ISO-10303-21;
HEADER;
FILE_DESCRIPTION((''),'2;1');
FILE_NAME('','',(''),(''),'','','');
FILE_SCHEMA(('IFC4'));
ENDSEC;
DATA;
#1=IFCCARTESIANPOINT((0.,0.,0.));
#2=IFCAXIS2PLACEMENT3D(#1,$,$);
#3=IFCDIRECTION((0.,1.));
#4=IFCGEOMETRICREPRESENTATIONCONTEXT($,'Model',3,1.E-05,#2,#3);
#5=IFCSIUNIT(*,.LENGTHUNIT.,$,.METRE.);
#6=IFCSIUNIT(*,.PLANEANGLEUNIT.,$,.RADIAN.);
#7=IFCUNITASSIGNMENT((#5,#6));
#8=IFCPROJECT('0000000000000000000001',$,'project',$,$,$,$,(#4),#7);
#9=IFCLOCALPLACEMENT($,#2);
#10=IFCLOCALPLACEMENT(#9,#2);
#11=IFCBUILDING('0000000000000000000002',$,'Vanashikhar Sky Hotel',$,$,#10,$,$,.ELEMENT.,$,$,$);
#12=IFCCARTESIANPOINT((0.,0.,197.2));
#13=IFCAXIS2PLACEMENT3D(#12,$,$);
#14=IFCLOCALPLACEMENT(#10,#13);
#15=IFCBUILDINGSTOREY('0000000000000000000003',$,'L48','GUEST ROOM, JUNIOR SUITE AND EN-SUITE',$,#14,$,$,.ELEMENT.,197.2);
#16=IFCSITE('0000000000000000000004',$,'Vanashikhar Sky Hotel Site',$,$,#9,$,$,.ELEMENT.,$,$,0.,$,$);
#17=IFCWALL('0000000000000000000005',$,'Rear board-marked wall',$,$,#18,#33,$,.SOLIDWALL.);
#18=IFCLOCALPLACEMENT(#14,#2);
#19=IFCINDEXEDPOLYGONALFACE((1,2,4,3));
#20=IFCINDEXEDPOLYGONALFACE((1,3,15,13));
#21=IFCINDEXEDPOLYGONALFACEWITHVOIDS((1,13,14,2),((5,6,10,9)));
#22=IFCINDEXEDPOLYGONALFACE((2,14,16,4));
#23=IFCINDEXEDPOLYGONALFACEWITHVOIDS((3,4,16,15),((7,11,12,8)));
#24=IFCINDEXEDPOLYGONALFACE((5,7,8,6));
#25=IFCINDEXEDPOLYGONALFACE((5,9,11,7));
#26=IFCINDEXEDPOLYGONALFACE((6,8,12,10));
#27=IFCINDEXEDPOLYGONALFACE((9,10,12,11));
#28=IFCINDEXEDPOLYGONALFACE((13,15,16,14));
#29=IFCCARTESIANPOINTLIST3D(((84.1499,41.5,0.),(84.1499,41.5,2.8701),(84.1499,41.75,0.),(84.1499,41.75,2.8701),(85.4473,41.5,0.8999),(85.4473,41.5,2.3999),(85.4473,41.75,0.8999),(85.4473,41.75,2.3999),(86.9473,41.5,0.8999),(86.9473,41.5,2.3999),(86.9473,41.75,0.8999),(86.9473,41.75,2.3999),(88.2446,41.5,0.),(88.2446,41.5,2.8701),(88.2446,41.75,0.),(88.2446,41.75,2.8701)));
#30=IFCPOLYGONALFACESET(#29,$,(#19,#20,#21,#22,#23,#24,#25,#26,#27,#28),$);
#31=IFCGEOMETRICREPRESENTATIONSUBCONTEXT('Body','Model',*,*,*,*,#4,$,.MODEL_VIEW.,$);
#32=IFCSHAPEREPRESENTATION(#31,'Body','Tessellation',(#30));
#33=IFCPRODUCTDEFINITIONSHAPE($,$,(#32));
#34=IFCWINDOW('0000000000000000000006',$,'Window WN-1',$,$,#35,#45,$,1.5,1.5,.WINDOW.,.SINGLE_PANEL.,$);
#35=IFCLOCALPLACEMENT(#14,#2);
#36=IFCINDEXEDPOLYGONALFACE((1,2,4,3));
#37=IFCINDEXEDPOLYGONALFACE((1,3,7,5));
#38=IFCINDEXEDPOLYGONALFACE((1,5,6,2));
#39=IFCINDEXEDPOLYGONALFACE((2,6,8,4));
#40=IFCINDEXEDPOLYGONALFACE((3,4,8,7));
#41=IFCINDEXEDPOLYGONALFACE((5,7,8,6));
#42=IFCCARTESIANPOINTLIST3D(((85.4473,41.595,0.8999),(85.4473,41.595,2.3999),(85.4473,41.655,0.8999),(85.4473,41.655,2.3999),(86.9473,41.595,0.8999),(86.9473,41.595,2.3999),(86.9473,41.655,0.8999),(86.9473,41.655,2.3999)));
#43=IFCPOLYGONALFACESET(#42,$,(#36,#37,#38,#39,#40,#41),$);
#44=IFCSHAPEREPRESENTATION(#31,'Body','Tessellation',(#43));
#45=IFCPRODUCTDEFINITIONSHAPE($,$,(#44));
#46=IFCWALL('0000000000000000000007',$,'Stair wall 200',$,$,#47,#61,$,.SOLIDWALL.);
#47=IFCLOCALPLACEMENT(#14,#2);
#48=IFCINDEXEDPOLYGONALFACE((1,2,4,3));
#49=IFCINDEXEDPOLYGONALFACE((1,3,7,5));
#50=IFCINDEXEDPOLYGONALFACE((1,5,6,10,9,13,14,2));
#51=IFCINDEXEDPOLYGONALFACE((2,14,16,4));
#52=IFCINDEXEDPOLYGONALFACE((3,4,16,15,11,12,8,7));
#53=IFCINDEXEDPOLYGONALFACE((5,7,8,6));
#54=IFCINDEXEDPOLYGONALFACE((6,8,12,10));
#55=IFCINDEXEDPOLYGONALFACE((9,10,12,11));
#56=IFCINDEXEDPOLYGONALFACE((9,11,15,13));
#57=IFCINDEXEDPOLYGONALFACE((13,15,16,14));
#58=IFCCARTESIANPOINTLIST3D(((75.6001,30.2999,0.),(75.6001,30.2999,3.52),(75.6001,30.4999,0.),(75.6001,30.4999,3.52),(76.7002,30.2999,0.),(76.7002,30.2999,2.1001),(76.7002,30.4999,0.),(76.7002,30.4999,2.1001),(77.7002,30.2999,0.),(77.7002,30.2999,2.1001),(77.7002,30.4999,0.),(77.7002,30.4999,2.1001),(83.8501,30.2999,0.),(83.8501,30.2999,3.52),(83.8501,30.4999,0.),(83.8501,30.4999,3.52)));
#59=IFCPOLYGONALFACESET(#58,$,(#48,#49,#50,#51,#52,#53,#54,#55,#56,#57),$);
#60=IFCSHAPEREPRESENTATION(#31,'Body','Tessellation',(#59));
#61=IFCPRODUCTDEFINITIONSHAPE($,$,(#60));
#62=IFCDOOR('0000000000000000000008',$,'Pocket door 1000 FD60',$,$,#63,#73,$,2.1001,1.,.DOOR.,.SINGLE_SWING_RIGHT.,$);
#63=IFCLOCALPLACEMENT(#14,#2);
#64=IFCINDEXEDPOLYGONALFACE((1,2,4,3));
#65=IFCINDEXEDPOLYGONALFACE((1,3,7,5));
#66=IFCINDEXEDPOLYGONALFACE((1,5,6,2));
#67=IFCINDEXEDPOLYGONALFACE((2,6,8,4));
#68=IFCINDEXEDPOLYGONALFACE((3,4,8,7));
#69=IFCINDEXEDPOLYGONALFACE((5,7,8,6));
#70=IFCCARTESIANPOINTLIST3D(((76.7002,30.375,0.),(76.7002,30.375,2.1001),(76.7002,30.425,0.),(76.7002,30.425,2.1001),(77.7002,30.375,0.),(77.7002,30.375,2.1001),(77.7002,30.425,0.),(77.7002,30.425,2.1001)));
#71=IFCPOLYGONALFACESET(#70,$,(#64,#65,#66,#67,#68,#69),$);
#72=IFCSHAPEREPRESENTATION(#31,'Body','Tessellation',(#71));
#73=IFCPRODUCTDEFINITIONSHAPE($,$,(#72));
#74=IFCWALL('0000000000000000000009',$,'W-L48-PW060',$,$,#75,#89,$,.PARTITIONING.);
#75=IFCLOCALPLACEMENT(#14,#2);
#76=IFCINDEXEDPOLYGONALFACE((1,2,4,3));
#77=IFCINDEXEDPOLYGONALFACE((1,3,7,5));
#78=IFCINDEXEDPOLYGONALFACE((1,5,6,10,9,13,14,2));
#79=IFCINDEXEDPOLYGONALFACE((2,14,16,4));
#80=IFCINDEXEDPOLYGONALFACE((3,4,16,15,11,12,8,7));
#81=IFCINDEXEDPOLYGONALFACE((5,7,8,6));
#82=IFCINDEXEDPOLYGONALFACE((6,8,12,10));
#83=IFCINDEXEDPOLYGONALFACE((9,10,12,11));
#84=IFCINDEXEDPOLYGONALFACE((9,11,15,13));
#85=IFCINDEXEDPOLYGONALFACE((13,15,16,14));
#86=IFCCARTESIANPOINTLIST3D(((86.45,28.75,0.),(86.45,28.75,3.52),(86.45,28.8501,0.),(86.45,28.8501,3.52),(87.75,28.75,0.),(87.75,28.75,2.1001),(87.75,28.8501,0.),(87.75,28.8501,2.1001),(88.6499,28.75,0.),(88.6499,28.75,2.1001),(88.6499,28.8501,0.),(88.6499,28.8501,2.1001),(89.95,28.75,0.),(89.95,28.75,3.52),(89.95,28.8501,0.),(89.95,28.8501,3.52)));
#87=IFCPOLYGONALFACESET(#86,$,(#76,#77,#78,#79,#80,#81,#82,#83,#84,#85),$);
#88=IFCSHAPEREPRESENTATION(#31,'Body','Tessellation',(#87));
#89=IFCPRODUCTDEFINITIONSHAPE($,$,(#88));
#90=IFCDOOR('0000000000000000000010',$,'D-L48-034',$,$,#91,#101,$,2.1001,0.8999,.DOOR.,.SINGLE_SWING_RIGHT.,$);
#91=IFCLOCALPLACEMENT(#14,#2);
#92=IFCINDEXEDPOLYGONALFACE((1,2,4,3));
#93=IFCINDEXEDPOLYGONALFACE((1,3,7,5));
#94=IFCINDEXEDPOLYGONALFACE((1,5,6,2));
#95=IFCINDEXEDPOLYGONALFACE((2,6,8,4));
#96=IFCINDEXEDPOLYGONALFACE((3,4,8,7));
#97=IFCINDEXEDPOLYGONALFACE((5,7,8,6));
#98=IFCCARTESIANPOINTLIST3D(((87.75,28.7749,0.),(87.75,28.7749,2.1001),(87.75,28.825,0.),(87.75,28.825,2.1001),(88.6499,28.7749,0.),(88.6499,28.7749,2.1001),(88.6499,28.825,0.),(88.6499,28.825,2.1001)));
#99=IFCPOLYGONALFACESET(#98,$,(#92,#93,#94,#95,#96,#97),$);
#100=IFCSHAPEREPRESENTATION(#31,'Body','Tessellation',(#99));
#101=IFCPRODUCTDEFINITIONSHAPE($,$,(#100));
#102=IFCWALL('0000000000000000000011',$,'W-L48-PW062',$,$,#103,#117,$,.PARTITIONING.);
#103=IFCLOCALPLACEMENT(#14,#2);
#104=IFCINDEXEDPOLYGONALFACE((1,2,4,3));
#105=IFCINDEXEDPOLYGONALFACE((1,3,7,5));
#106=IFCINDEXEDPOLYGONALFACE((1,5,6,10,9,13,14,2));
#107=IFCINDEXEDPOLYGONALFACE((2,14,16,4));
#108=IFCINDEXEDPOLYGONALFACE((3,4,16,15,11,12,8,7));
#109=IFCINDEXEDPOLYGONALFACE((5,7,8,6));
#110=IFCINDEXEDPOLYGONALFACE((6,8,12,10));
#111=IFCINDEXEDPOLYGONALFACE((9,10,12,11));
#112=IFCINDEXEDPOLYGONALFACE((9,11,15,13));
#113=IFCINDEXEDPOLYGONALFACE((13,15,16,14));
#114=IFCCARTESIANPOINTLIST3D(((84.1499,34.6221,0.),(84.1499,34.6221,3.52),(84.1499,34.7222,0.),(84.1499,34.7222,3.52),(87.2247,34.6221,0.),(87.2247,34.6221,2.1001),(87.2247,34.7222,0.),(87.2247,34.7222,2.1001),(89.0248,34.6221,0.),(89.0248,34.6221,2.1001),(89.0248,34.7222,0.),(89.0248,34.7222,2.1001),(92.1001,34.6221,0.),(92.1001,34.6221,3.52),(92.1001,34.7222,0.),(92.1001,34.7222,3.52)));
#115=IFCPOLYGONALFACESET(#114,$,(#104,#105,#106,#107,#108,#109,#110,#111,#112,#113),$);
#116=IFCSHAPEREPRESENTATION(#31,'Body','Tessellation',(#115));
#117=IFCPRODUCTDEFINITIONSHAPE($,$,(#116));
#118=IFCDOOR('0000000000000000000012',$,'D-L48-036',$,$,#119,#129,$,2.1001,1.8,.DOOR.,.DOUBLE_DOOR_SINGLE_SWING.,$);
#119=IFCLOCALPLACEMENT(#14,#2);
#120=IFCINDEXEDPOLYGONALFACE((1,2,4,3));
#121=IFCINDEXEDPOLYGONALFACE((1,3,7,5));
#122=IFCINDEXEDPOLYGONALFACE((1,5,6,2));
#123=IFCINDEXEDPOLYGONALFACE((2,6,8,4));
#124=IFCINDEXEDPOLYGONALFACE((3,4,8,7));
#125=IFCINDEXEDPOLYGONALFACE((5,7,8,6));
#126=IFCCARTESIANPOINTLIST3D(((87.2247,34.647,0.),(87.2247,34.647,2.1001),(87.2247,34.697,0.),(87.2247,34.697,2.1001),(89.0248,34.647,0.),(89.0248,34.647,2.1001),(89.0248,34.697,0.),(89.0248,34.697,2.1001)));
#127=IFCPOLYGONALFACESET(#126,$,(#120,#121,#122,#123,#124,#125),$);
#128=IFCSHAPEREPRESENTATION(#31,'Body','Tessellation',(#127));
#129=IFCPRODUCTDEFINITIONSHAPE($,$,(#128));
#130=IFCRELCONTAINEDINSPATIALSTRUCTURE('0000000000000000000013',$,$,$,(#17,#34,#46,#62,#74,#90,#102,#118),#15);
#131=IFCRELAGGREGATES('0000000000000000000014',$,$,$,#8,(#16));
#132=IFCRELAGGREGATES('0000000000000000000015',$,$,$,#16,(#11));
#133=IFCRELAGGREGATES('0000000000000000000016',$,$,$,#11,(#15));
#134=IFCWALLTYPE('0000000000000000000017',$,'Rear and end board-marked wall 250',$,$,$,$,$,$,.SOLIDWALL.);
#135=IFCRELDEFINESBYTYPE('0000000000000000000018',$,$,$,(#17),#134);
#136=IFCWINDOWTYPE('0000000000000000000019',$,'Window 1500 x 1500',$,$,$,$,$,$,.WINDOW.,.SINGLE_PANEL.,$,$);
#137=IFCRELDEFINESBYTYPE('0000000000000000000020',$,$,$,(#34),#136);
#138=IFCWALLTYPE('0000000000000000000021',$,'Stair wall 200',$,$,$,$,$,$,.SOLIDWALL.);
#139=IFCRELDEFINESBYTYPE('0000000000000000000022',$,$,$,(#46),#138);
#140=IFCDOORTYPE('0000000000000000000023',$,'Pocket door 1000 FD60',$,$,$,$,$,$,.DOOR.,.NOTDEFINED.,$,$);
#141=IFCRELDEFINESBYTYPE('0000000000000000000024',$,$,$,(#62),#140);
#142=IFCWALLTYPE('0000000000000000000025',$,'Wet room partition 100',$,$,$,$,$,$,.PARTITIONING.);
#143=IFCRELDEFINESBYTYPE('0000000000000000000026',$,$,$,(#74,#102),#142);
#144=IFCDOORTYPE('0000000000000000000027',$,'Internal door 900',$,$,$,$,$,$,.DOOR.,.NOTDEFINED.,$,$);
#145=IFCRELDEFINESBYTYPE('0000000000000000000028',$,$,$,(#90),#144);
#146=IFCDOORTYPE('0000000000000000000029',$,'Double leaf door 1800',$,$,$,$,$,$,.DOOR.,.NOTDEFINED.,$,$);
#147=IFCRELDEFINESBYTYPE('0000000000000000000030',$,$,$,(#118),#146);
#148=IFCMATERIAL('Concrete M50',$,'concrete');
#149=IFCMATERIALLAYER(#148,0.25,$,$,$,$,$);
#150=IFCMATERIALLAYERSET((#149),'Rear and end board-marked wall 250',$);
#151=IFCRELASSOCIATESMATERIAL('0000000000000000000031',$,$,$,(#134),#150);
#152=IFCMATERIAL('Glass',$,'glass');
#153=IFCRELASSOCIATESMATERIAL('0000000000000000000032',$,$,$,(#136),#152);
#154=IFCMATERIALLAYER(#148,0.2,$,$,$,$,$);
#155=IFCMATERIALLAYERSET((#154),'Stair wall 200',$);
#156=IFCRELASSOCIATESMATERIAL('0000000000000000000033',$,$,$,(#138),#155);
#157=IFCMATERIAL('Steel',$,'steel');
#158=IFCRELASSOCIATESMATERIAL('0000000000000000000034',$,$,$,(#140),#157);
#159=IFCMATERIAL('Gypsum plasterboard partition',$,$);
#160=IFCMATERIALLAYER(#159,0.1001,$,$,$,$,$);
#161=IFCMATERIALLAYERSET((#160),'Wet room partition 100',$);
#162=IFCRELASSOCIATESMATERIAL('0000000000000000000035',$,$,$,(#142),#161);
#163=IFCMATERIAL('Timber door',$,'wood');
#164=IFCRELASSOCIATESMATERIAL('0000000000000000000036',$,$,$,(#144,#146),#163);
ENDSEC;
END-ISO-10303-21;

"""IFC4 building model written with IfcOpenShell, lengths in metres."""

from ifc_helpers import new_model, si_unit, direction, frame, frame_2d, origin, place, context, subcontext, project, spatial, rectangle, extrude, source, transform, mapped, material, layer, layer_set, type_object, element, fill, save


model = new_model("IFC4")

# Units and contexts
model_context = context("Model", 3, precision=1e-05, world=origin(), true_north=direction((0.0, 1.0)))
body_context = subcontext(model_context, "Body", "Model", "MODEL_VIEW")
ifc_project = project(units=[si_unit("LENGTHUNIT", "METRE"), si_unit("PLANEANGLEUNIT", "RADIAN")], contexts=[model_context])

# Site, building, storey
site_placement = place(None, origin())
site = spatial("IfcSite", under=ifc_project, at=site_placement, Name="Vanashikhar Sky Hotel Site", CompositionType="ELEMENT", RefElevation=0.0)
building_placement = place(site_placement, origin())
building = spatial("IfcBuilding", under=site, at=building_placement, Name="Vanashikhar Sky Hotel", CompositionType="ELEMENT")
storey_placement = place(building_placement, frame((0.0, 0.0, 197.2)))
storey = spatial("IfcBuildingStorey", under=building, at=storey_placement, Name="L48", Description="GUEST ROOM, JUNIOR SUITE AND EN-SUITE", CompositionType="ELEMENT", Elevation=197.2)

# Shared definitions
ifc_material_1 = material(Name="Concrete M50", Category="concrete")
ifc_material_2 = material(Name="Glass", Category="glass")

# Shared definitions
ifc_layer_1 = layer(ifc_material_1, 0.25)
ifc_layer_set_1 = layer_set([ifc_layer_1], Name="Rear and end board-marked wall 250")
wall_type_1 = type_object("IfcWallType", Name="Rear and end board-marked wall 250", PredefinedType="SOLIDWALL", material=ifc_layer_set_1)

# Wall, opening, window
shared_shape_1 = source(origin(), body_context, "Body", "SweptSolid", [
    extrude(rectangle(XDim=4.0947, YDim=0.25, at=frame_2d((2.0474, 0.0))), origin(), (0.0, 0.0, 1.0), 2.8701),
])
wall_1_placement = place(storey_placement, frame((88.2446, 41.625, 0.0), z_axis=(0.0, 0.0, 1.0), x_axis=(-1.0, 0.0, 0.0)))
wall_1 = element("IfcWall", 1, at=wall_1_placement, inside=storey, type_object=wall_type_1, Name="Rear board-marked wall", PredefinedType="SOLIDWALL", context=body_context, shape_type="MappedRepresentation", body=[
    mapped(shared_shape_1, transform((0.0, 0.0, 0.0), scale=1.0)),
])
shared_shape_2 = source(origin(), body_context, "Body", "SweptSolid", [
    extrude(rectangle(XDim=1.5, YDim=1.5, at=frame_2d((0.75, 0.75))), frame((0.0, 0.135, 0.0), z_axis=(0.0, -1.0, 0.0), x_axis=(1.0, 0.0, 0.0)), (0.0, 0.0, 1.0), 0.27),
])
opening_1_placement = place(wall_1_placement, frame((1.2974, 0.0, 0.8999)))
opening_1 = element("IfcOpeningElement", 2, at=opening_1_placement, cuts=wall_1, PredefinedType="OPENING", context=body_context, shape_type="MappedRepresentation", body=[
    mapped(shared_shape_2, transform((0.0, 0.0, 0.0), scale=1.0)),
])
window_type_1 = type_object("IfcWindowType", Name="Window 1500 x 1500", PartitioningType="SINGLE_PANEL", PredefinedType="WINDOW", material=ifc_material_2)
shared_shape_3 = source(origin(), body_context, "Body", "SweptSolid", [
    extrude(rectangle(XDim=1.5, YDim=1.5, at=frame_2d((0.75, 0.75))), frame((0.0, 0.03, 0.0), z_axis=(0.0, -1.0, 0.0), x_axis=(1.0, 0.0, 0.0)), (0.0, 0.0, 1.0), 0.0601),
])
window_1_placement = place(opening_1_placement, origin())
window_1 = element("IfcWindow", 3, at=window_1_placement, inside=storey, type_object=window_type_1, Name="Window WN-1", OverallHeight=1.5, OverallWidth=1.5, PartitioningType="SINGLE_PANEL", PredefinedType="WINDOW", context=body_context, shape_type="MappedRepresentation", body=[
    mapped(shared_shape_3, transform((0.0, 0.0, 0.0), scale=1.0)),
])
fill(opening_1, window_1)

# Walls, openings, doors
ifc_layer_2 = layer(ifc_material_1, 0.2)
ifc_layer_set_2 = layer_set([ifc_layer_2], Name="Stair wall 200")
wall_type_2 = type_object("IfcWallType", Name="Stair wall 200", PredefinedType="SOLIDWALL", material=ifc_layer_set_2)
shared_shape_4 = source(origin(), body_context, "Body", "SweptSolid", [
    extrude(rectangle(XDim=8.25, YDim=0.2, at=frame_2d((4.125, 0.0))), origin(), (0.0, 0.0, 1.0), 3.52),
])
wall_2_placement = place(storey_placement, frame((83.8501, 30.3999, 0.0), z_axis=(0.0, 0.0, 1.0), x_axis=(-1.0, 0.0, 0.0)))
wall_2 = element("IfcWall", 4, at=wall_2_placement, inside=storey, type_object=wall_type_2, Name="Stair wall 200", PredefinedType="SOLIDWALL", context=body_context, shape_type="MappedRepresentation", body=[
    mapped(shared_shape_4, transform((0.0, 0.0, 0.0), scale=1.0)),
])
shared_shape_5 = source(origin(), body_context, "Body", "SweptSolid", [
    extrude(rectangle(XDim=1.0, YDim=2.1001, at=frame_2d((0.5, 1.05))), frame((0.0, 0.1099, 0.0), z_axis=(0.0, -1.0, 0.0), x_axis=(1.0, 0.0, 0.0)), (0.0, 0.0, 1.0), 0.22),
])
opening_2_placement = place(wall_2_placement, frame((6.1499, 0.0, 0.0)))
opening_2 = element("IfcOpeningElement", 5, at=opening_2_placement, cuts=wall_2, PredefinedType="OPENING", context=body_context, shape_type="MappedRepresentation", body=[
    mapped(shared_shape_5, transform((0.0, 0.0, 0.0), scale=1.0)),
])
ifc_material_3 = material(Name="Steel", Category="steel")
door_type_1 = type_object("IfcDoorType", Name="Pocket door 1000 FD60", OperationType="NOTDEFINED", PredefinedType="DOOR", material=ifc_material_3)
shared_shape_6 = source(origin(), body_context, "Body", "SweptSolid", [
    extrude(rectangle(XDim=1.0, YDim=2.1001, at=frame_2d((0.5, 1.05))), frame((0.0, 0.0249, 0.0), z_axis=(0.0, -1.0, 0.0), x_axis=(1.0, 0.0, 0.0)), (0.0, 0.0, 1.0), 0.05),
])
door_1_placement = place(opening_2_placement, origin())
door_1 = element("IfcDoor", 6, at=door_1_placement, inside=storey, type_object=door_type_1, Name="Pocket door 1000 FD60", OperationType="SINGLE_SWING_RIGHT", OverallHeight=2.1001, OverallWidth=1.0, PredefinedType="DOOR", context=body_context, shape_type="MappedRepresentation", body=[
    mapped(shared_shape_6, transform((0.0, 0.0, 0.0), scale=1.0)),
])
fill(opening_2, door_1)
ifc_material_4 = material(Name="Gypsum plasterboard partition")
ifc_layer_3 = layer(ifc_material_4, 0.1001)
ifc_layer_set_3 = layer_set([ifc_layer_3], Name="Wet room partition 100")
wall_type_3 = type_object("IfcWallType", Name="Wet room partition 100", PredefinedType="PARTITIONING", material=ifc_layer_set_3)
shared_shape_7 = source(origin(), body_context, "Body", "SweptSolid", [
    extrude(rectangle(XDim=3.5, YDim=0.1001, at=frame_2d((1.75, 0.0))), origin(), (0.0, 0.0, 1.0), 3.52),
])
wall_3_placement = place(storey_placement, frame((86.45, 28.8, 0.0), z_axis=(0.0, 0.0, 1.0), x_axis=(1.0, 0.0, 0.0)))
wall_3 = element("IfcWall", 7, at=wall_3_placement, inside=storey, type_object=wall_type_3, Name="W-L48-PW060", PredefinedType="PARTITIONING", context=body_context, shape_type="MappedRepresentation", body=[
    mapped(shared_shape_7, transform((0.0, 0.0, 0.0), scale=1.0)),
])
shared_shape_8 = source(origin(), body_context, "Body", "SweptSolid", [
    extrude(rectangle(XDim=0.8999, YDim=2.1001, at=frame_2d((0.45, 1.05))), frame((0.0, 0.0601, 0.0), z_axis=(0.0, -1.0, 0.0), x_axis=(1.0, 0.0, 0.0)), (0.0, 0.0, 1.0), 0.1201),
])
opening_3_placement = place(wall_3_placement, frame((1.3, 0.0, 0.0)))
opening_3 = element("IfcOpeningElement", 8, at=opening_3_placement, cuts=wall_3, PredefinedType="OPENING", context=body_context, shape_type="MappedRepresentation", body=[
    mapped(shared_shape_8, transform((0.0, 0.0, 0.0), scale=1.0)),
])
ifc_material_5 = material(Name="Timber door", Category="wood")
door_type_2 = type_object("IfcDoorType", Name="Internal door 900", OperationType="NOTDEFINED", PredefinedType="DOOR", material=ifc_material_5)
shared_shape_9 = source(origin(), body_context, "Body", "SweptSolid", [
    extrude(rectangle(XDim=0.8999, YDim=2.1001, at=frame_2d((0.45, 1.05))), frame((0.0, 0.0249, 0.0), z_axis=(0.0, -1.0, 0.0), x_axis=(1.0, 0.0, 0.0)), (0.0, 0.0, 1.0), 0.05),
])
door_2_placement = place(opening_3_placement, origin())
door_2 = element("IfcDoor", 9, at=door_2_placement, inside=storey, type_object=door_type_2, Name="D-L48-034", OperationType="SINGLE_SWING_RIGHT", OverallHeight=2.1001, OverallWidth=0.8999, PredefinedType="DOOR", context=body_context, shape_type="MappedRepresentation", body=[
    mapped(shared_shape_9, transform((0.0, 0.0, 0.0), scale=1.0)),
])
fill(opening_3, door_2)
shared_shape_10 = source(origin(), body_context, "Body", "SweptSolid", [
    extrude(rectangle(XDim=7.9502, YDim=0.1001, at=frame_2d((3.9751, 0.0))), origin(), (0.0, 0.0, 1.0), 3.52),
])
wall_4_placement = place(storey_placement, frame((84.1499, 34.6721, 0.0), z_axis=(0.0, 0.0, 1.0), x_axis=(1.0, 0.0, 0.0)))
wall_4 = element("IfcWall", 10, at=wall_4_placement, inside=storey, type_object=wall_type_3, Name="W-L48-PW062", PredefinedType="PARTITIONING", context=body_context, shape_type="MappedRepresentation", body=[
    mapped(shared_shape_10, transform((0.0, 0.0, 0.0), scale=1.0)),
])
shared_shape_11 = source(origin(), body_context, "Body", "SweptSolid", [
    extrude(rectangle(XDim=1.8, YDim=2.1001, at=frame_2d((0.8999, 1.05))), frame((0.0, 0.0601, 0.0), z_axis=(0.0, -1.0, 0.0), x_axis=(1.0, 0.0, 0.0)), (0.0, 0.0, 1.0), 0.1201),
])
opening_4_placement = place(wall_4_placement, frame((3.075, 0.0, 0.0)))
opening_4 = element("IfcOpeningElement", 11, at=opening_4_placement, cuts=wall_4, PredefinedType="OPENING", context=body_context, shape_type="MappedRepresentation", body=[
    mapped(shared_shape_11, transform((0.0, 0.0, 0.0), scale=1.0)),
])
door_type_3 = type_object("IfcDoorType", Name="Double leaf door 1800", OperationType="NOTDEFINED", PredefinedType="DOOR", material=ifc_material_5)
shared_shape_12 = source(origin(), body_context, "Body", "SweptSolid", [
    extrude(rectangle(XDim=1.8, YDim=2.1001, at=frame_2d((0.8999, 1.05))), frame((0.0, 0.0249, 0.0), z_axis=(0.0, -1.0, 0.0), x_axis=(1.0, 0.0, 0.0)), (0.0, 0.0, 1.0), 0.05),
])
door_3_placement = place(opening_4_placement, origin())
door_3 = element("IfcDoor", 12, at=door_3_placement, inside=storey, type_object=door_type_3, Name="D-L48-036", OperationType="DOUBLE_DOOR_SINGLE_SWING", OverallHeight=2.1001, OverallWidth=1.8, PredefinedType="DOOR", context=body_context, shape_type="MappedRepresentation", body=[
    mapped(shared_shape_12, transform((0.0, 0.0, 0.0), scale=1.0)),
])
fill(opening_4, door_3)

save(model, "model.ifc")
